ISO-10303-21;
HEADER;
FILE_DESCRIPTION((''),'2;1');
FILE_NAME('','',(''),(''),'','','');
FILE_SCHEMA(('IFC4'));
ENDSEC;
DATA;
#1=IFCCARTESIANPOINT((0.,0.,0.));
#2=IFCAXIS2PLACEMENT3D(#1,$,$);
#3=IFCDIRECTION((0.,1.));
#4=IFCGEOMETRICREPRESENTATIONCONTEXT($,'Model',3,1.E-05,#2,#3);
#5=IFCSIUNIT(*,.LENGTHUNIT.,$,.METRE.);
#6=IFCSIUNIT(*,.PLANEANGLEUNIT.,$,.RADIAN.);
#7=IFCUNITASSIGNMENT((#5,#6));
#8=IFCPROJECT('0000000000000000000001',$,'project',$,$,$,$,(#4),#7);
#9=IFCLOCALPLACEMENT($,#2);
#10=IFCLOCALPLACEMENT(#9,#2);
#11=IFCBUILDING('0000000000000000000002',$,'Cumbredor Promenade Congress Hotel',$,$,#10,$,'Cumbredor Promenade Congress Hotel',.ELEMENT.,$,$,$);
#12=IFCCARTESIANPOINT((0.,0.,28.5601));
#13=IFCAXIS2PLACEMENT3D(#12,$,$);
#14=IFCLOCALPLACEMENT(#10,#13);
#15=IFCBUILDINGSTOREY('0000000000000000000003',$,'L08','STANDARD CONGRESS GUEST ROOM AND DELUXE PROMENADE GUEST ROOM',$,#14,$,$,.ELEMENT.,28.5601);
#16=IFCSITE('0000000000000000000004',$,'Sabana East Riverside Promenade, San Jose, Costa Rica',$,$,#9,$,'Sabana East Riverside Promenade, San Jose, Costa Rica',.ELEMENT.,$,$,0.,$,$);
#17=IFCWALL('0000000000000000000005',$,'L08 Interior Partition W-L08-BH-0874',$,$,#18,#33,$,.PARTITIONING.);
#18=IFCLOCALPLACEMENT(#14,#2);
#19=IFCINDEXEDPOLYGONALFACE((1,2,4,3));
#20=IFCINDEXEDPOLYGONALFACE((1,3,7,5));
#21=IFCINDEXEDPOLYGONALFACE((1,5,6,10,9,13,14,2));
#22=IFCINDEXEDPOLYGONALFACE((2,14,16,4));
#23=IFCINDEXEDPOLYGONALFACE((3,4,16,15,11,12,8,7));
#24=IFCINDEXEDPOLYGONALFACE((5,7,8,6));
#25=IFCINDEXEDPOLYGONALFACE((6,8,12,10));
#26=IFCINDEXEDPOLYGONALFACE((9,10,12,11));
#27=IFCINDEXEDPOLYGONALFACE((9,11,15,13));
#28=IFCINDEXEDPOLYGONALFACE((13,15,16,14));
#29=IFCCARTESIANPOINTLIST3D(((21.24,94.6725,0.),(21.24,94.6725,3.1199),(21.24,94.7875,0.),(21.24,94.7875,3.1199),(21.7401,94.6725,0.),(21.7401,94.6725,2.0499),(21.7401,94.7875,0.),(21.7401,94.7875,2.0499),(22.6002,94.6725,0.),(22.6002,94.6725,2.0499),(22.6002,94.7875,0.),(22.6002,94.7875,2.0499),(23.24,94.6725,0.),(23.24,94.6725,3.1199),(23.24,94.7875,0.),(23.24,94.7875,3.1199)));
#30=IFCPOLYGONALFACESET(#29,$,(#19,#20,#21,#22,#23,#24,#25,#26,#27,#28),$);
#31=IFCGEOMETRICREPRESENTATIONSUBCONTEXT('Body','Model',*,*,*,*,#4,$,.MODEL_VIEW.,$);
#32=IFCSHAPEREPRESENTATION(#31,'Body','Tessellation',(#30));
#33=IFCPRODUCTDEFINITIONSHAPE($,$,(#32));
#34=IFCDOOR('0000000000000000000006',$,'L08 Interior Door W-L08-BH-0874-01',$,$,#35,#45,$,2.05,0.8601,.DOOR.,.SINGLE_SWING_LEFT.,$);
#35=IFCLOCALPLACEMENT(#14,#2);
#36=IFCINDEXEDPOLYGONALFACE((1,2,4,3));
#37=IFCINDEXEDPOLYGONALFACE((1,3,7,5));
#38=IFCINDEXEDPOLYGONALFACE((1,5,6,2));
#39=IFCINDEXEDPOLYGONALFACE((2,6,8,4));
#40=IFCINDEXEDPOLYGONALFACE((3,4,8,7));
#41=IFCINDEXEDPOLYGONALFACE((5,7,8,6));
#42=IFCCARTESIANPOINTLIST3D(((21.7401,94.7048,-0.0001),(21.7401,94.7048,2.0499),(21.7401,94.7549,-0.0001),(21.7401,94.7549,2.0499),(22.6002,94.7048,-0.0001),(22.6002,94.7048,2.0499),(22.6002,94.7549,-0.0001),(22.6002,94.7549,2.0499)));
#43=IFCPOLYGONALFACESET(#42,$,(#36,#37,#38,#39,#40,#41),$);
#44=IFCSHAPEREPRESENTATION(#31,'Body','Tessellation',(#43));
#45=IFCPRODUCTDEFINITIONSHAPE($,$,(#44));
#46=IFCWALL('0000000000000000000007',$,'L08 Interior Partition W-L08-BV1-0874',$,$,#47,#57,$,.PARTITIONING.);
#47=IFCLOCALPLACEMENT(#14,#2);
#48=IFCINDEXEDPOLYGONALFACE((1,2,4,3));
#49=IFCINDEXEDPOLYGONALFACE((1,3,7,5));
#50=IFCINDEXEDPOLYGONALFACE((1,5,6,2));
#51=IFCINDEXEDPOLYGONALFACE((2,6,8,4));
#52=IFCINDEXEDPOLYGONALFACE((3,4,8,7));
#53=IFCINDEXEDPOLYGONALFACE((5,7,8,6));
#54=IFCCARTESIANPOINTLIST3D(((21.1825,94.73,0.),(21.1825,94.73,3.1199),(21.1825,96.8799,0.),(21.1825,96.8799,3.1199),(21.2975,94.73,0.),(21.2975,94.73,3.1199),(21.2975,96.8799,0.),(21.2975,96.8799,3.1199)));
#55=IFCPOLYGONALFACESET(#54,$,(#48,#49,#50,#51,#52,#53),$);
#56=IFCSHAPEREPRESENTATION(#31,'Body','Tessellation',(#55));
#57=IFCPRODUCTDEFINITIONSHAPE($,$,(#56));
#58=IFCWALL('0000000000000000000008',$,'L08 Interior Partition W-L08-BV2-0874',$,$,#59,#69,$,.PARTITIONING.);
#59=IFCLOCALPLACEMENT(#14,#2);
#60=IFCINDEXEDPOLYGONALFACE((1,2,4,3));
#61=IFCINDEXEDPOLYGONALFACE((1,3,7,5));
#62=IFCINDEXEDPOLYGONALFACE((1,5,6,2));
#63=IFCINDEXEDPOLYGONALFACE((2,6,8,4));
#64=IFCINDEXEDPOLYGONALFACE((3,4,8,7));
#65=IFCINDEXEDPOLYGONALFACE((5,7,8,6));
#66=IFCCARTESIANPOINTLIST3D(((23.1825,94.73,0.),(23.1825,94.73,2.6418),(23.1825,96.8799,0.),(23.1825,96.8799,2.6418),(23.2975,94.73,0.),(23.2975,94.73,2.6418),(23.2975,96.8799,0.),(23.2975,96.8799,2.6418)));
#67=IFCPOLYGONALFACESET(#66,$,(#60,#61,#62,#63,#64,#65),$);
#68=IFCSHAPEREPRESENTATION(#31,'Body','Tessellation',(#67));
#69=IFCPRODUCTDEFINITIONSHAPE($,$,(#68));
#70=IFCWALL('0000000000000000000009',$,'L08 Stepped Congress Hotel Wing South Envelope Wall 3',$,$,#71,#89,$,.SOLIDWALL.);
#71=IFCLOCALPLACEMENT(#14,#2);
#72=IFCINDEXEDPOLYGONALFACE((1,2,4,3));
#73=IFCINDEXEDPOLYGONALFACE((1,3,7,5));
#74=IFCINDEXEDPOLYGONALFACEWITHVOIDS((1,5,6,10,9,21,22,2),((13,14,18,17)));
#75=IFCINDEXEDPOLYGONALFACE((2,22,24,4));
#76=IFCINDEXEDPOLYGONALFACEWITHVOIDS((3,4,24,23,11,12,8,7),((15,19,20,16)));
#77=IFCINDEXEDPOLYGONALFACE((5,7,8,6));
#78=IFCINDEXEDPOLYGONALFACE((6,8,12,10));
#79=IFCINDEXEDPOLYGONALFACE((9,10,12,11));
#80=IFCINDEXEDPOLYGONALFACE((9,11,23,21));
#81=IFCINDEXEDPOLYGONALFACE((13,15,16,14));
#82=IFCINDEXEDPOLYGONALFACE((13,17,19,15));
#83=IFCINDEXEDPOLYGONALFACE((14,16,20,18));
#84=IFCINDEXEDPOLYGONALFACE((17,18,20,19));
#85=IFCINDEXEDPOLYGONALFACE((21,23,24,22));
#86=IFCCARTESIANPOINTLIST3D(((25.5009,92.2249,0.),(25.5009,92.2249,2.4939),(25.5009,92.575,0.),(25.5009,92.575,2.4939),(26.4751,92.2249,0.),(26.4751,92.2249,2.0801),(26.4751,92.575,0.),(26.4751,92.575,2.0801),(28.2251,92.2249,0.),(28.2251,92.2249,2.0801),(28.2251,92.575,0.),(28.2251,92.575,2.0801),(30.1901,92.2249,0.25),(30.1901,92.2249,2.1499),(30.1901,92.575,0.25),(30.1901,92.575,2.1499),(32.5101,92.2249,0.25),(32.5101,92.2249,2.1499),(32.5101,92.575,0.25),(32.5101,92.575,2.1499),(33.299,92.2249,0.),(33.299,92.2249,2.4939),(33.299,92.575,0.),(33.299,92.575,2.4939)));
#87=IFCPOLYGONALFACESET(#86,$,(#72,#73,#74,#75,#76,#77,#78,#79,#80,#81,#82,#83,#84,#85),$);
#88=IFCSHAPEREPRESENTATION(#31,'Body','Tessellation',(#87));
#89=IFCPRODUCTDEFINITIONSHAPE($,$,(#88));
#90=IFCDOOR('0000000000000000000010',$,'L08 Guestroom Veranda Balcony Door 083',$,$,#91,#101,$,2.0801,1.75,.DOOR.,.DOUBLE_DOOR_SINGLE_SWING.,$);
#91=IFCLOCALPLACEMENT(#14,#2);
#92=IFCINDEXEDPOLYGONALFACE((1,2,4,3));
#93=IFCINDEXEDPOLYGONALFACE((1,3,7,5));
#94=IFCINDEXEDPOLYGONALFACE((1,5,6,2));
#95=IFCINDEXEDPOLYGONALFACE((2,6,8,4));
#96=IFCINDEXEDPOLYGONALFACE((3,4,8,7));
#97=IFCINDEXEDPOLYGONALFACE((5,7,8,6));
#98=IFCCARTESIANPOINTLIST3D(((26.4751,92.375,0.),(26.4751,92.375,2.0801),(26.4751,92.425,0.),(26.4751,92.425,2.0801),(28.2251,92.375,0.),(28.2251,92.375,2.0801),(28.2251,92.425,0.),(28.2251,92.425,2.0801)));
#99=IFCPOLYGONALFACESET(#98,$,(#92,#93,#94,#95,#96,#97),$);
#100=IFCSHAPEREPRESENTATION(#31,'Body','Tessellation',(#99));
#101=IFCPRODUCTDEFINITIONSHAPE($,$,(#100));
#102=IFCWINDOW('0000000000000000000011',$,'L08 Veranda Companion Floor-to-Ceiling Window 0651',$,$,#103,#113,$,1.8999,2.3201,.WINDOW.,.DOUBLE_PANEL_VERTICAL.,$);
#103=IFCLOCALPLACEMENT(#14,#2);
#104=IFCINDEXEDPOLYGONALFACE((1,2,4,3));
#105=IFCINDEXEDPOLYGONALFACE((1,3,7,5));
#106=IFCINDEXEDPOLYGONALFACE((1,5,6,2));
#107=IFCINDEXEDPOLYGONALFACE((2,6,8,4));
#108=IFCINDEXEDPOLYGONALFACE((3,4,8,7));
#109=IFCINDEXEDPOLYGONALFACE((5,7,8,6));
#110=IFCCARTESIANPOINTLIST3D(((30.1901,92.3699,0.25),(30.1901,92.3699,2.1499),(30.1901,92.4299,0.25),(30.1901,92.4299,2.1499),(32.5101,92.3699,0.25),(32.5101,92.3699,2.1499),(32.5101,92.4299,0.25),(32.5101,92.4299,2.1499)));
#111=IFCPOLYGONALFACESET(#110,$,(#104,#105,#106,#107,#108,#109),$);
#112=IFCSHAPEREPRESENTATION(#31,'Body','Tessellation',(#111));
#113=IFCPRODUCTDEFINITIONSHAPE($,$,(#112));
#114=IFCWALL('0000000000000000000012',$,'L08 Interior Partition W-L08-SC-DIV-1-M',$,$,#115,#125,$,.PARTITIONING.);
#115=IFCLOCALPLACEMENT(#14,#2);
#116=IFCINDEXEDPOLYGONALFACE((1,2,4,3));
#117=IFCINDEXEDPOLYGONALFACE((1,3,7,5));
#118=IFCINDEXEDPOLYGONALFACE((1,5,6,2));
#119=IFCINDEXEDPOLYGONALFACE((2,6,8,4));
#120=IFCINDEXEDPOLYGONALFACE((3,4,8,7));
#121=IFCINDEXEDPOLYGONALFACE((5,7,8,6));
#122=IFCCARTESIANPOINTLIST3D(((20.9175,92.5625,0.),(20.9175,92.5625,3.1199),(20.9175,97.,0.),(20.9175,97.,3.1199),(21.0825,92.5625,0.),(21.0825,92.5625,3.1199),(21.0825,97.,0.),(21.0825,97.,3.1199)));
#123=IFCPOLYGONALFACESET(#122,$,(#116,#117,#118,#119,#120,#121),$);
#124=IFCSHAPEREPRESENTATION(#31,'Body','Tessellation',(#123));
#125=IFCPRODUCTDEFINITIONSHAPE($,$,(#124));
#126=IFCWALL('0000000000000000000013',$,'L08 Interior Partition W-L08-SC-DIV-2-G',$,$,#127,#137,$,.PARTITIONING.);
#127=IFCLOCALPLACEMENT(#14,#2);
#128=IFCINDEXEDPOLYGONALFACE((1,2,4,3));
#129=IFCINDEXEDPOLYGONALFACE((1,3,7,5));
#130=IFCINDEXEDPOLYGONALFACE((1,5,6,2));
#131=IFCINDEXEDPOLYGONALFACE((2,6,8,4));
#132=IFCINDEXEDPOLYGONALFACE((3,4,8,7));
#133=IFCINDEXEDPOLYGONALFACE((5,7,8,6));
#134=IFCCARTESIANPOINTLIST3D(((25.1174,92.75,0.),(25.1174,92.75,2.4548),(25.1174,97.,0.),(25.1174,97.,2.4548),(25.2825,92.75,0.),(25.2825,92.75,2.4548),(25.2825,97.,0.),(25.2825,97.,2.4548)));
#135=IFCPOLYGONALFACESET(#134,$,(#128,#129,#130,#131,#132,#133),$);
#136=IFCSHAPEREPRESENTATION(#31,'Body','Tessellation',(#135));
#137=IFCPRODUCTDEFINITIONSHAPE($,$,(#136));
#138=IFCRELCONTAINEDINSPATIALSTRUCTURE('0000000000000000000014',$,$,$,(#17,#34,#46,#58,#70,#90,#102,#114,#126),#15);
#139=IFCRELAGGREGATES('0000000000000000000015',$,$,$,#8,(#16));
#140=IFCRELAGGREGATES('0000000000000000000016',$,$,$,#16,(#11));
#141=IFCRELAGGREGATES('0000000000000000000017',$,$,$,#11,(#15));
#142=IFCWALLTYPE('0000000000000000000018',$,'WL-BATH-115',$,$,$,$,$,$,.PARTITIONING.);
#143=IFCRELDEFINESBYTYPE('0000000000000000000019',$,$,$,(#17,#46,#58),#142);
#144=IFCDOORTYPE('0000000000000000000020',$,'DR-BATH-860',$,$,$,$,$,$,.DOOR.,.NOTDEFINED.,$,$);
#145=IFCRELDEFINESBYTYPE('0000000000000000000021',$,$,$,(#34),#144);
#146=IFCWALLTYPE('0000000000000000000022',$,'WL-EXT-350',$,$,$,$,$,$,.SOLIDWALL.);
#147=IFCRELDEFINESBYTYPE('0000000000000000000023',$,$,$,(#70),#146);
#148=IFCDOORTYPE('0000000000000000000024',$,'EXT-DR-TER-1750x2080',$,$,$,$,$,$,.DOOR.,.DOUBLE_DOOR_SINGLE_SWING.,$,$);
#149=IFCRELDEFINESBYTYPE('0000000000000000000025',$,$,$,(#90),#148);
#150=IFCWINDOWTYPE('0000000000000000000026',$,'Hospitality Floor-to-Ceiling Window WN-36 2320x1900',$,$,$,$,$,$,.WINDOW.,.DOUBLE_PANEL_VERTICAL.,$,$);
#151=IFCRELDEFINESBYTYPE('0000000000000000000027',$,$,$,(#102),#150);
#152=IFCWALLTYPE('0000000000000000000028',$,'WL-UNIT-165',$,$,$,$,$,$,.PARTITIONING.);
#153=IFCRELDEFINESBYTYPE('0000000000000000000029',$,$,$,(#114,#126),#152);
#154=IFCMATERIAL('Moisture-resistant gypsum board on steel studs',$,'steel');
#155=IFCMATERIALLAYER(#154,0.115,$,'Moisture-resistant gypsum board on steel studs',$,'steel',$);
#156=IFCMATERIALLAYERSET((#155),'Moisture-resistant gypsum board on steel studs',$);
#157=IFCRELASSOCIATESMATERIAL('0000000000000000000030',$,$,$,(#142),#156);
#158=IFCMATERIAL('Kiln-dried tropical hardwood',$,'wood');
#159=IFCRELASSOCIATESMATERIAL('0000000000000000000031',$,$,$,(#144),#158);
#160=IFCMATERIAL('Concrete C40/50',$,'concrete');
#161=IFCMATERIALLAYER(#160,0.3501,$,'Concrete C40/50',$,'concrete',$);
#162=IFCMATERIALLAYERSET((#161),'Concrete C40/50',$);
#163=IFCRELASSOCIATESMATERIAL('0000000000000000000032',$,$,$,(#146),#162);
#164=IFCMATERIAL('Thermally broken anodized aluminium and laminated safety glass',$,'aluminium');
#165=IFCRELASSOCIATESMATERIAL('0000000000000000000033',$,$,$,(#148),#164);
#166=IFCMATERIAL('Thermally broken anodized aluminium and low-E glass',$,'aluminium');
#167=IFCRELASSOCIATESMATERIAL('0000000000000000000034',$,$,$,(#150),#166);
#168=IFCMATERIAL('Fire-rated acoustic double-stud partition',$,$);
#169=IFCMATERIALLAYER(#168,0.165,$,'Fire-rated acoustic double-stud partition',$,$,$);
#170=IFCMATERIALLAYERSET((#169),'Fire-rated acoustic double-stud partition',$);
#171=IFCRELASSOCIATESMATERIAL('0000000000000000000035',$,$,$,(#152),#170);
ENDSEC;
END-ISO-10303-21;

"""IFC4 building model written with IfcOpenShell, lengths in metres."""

from ifc_helpers import new_model, si_unit, direction, frame, frame_2d, origin, place, context, subcontext, project, spatial, rectangle, extrude, material, layer, layer_set, type_object, element, fill, save


model = new_model("IFC4")

# Units and contexts
model_context = context("Model", 3, precision=1e-05, world=origin(), true_north=direction((0.0, 1.0)))
body_context = subcontext(model_context, "Body", "Model", "MODEL_VIEW")
ifc_project = project(units=[si_unit("LENGTHUNIT", "METRE"), si_unit("PLANEANGLEUNIT", "RADIAN")], contexts=[model_context])

# Site, building, storey
site_placement = place(None, origin())
site = spatial("IfcSite", under=ifc_project, at=site_placement, Name="Sabana East Riverside Promenade, San Jose, Costa Rica", LongName="Sabana East Riverside Promenade, San Jose, Costa Rica", CompositionType="ELEMENT", RefElevation=0.0)
building_placement = place(site_placement, origin())
building = spatial("IfcBuilding", under=site, at=building_placement, Name="Cumbredor Promenade Congress Hotel", LongName="Cumbredor Promenade Congress Hotel", CompositionType="ELEMENT")
storey_placement = place(building_placement, frame((0.0, 0.0, 28.5601)))
storey = spatial("IfcBuildingStorey", under=building, at=storey_placement, Name="L08", Description="STANDARD CONGRESS GUEST ROOM AND DELUXE PROMENADE GUEST ROOM", CompositionType="ELEMENT", Elevation=28.5601)

# Shared definitions
ifc_material_1 = material(Name="Concrete C40/50", Category="concrete")

# Shared definitions
ifc_material_2 = material(Name="Thermally broken anodized aluminium and low-E glass", Category="aluminium")
ifc_material_3 = material(Name="Kiln-dried tropical hardwood", Category="wood")

# Shared definitions
ifc_material_4 = material(Name="Moisture-resistant gypsum board on steel studs", Category="steel")
ifc_layer_1 = layer(ifc_material_4, 0.115, Name="Moisture-resistant gypsum board on steel studs", Category="steel")
ifc_layer_set_1 = layer_set([ifc_layer_1], Name="Moisture-resistant gypsum board on steel studs")
wall_type_1 = type_object("IfcWallType", Name="WL-BATH-115", PredefinedType="PARTITIONING", material=ifc_layer_set_1)

# Wall, opening, door
wall_1_placement = place(storey_placement, frame((21.24, 94.73, 0.0), z_axis=(0.0, 0.0, 1.0), x_axis=(1.0, 0.0, 0.0)))
wall_1 = element("IfcWall", 1, at=wall_1_placement, inside=storey, type_object=wall_type_1, Name="L08 Interior Partition W-L08-BH-0874", PredefinedType="PARTITIONING", context=body_context, shape_type="SweptSolid", body=[
    extrude(rectangle(XDim=2.0, YDim=0.115, at=frame_2d((1.0, 0.0))), origin(), (0.0, 0.0, 1.0), 3.1199),
])
opening_1_placement = place(wall_1_placement, frame((0.5, 0.0, 0.0)))
opening_1 = element("IfcOpeningElement", 2, at=opening_1_placement, cuts=wall_1, PredefinedType="OPENING", context=body_context, shape_type="SweptSolid", body=[
    extrude(rectangle(XDim=0.8601, YDim=2.05, at=frame_2d((0.4302, 1.0249))), frame((0.0, 0.0674, 0.0), z_axis=(0.0, -1.0, 0.0), x_axis=(1.0, 0.0, 0.0)), (0.0, 0.0, 1.0), 0.135),
])
door_type_1 = type_object("IfcDoorType", Name="DR-BATH-860", OperationType="NOTDEFINED", PredefinedType="DOOR", material=ifc_material_3)
door_1_placement = place(opening_1_placement, origin())
door_1 = element("IfcDoor", 3, at=door_1_placement, inside=storey, type_object=door_type_1, Name="L08 Interior Door W-L08-BH-0874-01", OperationType="SINGLE_SWING_LEFT", OverallHeight=2.05, OverallWidth=0.8601, PredefinedType="DOOR", context=body_context, shape_type="SweptSolid", body=[
    extrude(rectangle(XDim=0.8601, YDim=2.05, at=frame_2d((0.4302, 1.0249))), frame((0.0, 0.0249, 0.0), z_axis=(0.0, -1.0, 0.0), x_axis=(1.0, 0.0, 0.0)), (0.0, 0.0, 1.0), 0.05),
])
fill(opening_1, door_1)

# Walls
wall_2_placement = place(storey_placement, frame((21.24, 94.73, 0.0), z_axis=(0.0, 0.0, 1.0), x_axis=(0.0, 1.0, 0.0)))
element("IfcWall", 4, at=wall_2_placement, inside=storey, type_object=wall_type_1, Name="L08 Interior Partition W-L08-BV1-0874", PredefinedType="PARTITIONING", context=body_context, shape_type="SweptSolid", body=[
    extrude(rectangle(XDim=2.1499, YDim=0.115, at=frame_2d((1.075, 0.0))), origin(), (0.0, 0.0, 1.0), 3.1199),
])
wall_3_placement = place(storey_placement, frame((23.24, 94.73, 0.0), z_axis=(0.0, 0.0, 1.0), x_axis=(0.0, 1.0, 0.0)))
element("IfcWall", 5, at=wall_3_placement, inside=storey, type_object=wall_type_1, Name="L08 Interior Partition W-L08-BV2-0874", PredefinedType="PARTITIONING", context=body_context, shape_type="SweptSolid", body=[
    extrude(rectangle(XDim=2.1499, YDim=0.115, at=frame_2d((1.075, 0.0))), origin(), (0.0, 0.0, 1.0), 2.6418),
])

# Wall, openings, door, window
ifc_layer_2 = layer(ifc_material_1, 0.3501, Name="Concrete C40/50", Category="concrete")
ifc_layer_set_2 = layer_set([ifc_layer_2], Name="Concrete C40/50")
wall_type_2 = type_object("IfcWallType", Name="WL-EXT-350", PredefinedType="SOLIDWALL", material=ifc_layer_set_2)
wall_4_placement = place(storey_placement, frame((25.501, 92.3999, 0.0), z_axis=(0.0, 0.0, 1.0), x_axis=(1.0, 0.0, 0.0)))
wall_4 = element("IfcWall", 6, at=wall_4_placement, inside=storey, type_object=wall_type_2, Name="L08 Stepped Congress Hotel Wing South Envelope Wall 3", PredefinedType="SOLIDWALL", context=body_context, shape_type="SweptSolid", body=[
    extrude(rectangle(XDim=7.7981, YDim=0.3501, at=frame_2d((3.8989, 0.0))), origin(), (0.0, 0.0, 1.0), 2.4939),
])
opening_2_placement = place(wall_4_placement, frame((0.9741, 0.0, 0.0)))
opening_2 = element("IfcOpeningElement", 7, at=opening_2_placement, cuts=wall_4, PredefinedType="OPENING", context=body_context, shape_type="SweptSolid", body=[
    extrude(rectangle(XDim=1.75, YDim=2.0801, at=frame_2d((0.875, 1.04))), frame((0.0, 0.1851, 0.0), z_axis=(0.0, -1.0, 0.0), x_axis=(1.0, 0.0, 0.0)), (0.0, 0.0, 1.0), 0.3701),
])
opening_3_placement = place(wall_4_placement, frame((4.689, 0.0, 0.25)))
opening_3 = element("IfcOpeningElement", 8, at=opening_3_placement, cuts=wall_4, PredefinedType="OPENING", context=body_context, shape_type="SweptSolid", body=[
    extrude(rectangle(XDim=2.3201, YDim=1.8999, at=frame_2d((1.1602, 0.95))), frame((0.0, 0.1851, 0.0), z_axis=(0.0, -1.0, 0.0), x_axis=(1.0, 0.0, 0.0)), (0.0, 0.0, 1.0), 0.3701),
])
ifc_material_5 = material(Name="Thermally broken anodized aluminium and laminated safety glass", Category="aluminium")
door_type_2 = type_object("IfcDoorType", Name="EXT-DR-TER-1750x2080", OperationType="DOUBLE_DOOR_SINGLE_SWING", PredefinedType="DOOR", material=ifc_material_5)
door_2_placement = place(opening_2_placement, frame((1.75, 0.0, 0.0), z_axis=(0.0, 0.0, 1.0), x_axis=(-1.0, 0.0, 0.0)))
door_2 = element("IfcDoor", 9, at=door_2_placement, inside=storey, type_object=door_type_2, Name="L08 Guestroom Veranda Balcony Door 083", OperationType="DOUBLE_DOOR_SINGLE_SWING", OverallHeight=2.0801, OverallWidth=1.75, PredefinedType="DOOR", context=body_context, shape_type="SweptSolid", body=[
    extrude(rectangle(XDim=1.75, YDim=2.0801, at=frame_2d((0.875, 1.04))), frame((0.0, 0.0249, 0.0), z_axis=(0.0, -1.0, 0.0), x_axis=(1.0, 0.0, 0.0)), (0.0, 0.0, 1.0), 0.05),
])
fill(opening_2, door_2)
window_type = type_object("IfcWindowType", Name="Hospitality Floor-to-Ceiling Window WN-36 2320x1900", PartitioningType="DOUBLE_PANEL_VERTICAL", PredefinedType="WINDOW", material=ifc_material_2)
window_placement = place(opening_3_placement, origin())
window = element("IfcWindow", 10, at=window_placement, inside=storey, type_object=window_type, Name="L08 Veranda Companion Floor-to-Ceiling Window 0651", OverallHeight=1.8999, OverallWidth=2.3201, PartitioningType="DOUBLE_PANEL_VERTICAL", PredefinedType="WINDOW", context=body_context, shape_type="SweptSolid", body=[
    extrude(rectangle(XDim=2.3201, YDim=1.8999, at=frame_2d((1.1602, 0.95))), frame((0.0, 0.03, 0.0), z_axis=(0.0, -1.0, 0.0), x_axis=(1.0, 0.0, 0.0)), (0.0, 0.0, 1.0), 0.0601),
])
fill(opening_3, window)

# Walls
ifc_material_6 = material(Name="Fire-rated acoustic double-stud partition")
ifc_layer_3 = layer(ifc_material_6, 0.165, Name="Fire-rated acoustic double-stud partition")
ifc_layer_set_3 = layer_set([ifc_layer_3], Name="Fire-rated acoustic double-stud partition")
wall_type_3 = type_object("IfcWallType", Name="WL-UNIT-165", PredefinedType="PARTITIONING", material=ifc_layer_set_3)
wall_5_placement = place(storey_placement, frame((21.0, 92.5625, 0.0), z_axis=(0.0, 0.0, 1.0), x_axis=(0.0, 1.0, 0.0)))
element("IfcWall", 11, at=wall_5_placement, inside=storey, type_object=wall_type_3, Name="L08 Interior Partition W-L08-SC-DIV-1-M", PredefinedType="PARTITIONING", context=body_context, shape_type="SweptSolid", body=[
    extrude(rectangle(XDim=4.4375, YDim=0.165, at=frame_2d((2.2188, 0.0))), origin(), (0.0, 0.0, 1.0), 3.1199),
])
wall_6_placement = place(storey_placement, frame((25.2, 92.75, 0.0), z_axis=(0.0, 0.0, 1.0), x_axis=(0.0, 1.0, 0.0)))
element("IfcWall", 12, at=wall_6_placement, inside=storey, type_object=wall_type_3, Name="L08 Interior Partition W-L08-SC-DIV-2-G", PredefinedType="PARTITIONING", context=body_context, shape_type="SweptSolid", body=[
    extrude(rectangle(XDim=4.25, YDim=0.165, at=frame_2d((2.125, 0.0))), origin(), (0.0, 0.0, 1.0), 2.4548),
])

save(model, "model.ifc")
